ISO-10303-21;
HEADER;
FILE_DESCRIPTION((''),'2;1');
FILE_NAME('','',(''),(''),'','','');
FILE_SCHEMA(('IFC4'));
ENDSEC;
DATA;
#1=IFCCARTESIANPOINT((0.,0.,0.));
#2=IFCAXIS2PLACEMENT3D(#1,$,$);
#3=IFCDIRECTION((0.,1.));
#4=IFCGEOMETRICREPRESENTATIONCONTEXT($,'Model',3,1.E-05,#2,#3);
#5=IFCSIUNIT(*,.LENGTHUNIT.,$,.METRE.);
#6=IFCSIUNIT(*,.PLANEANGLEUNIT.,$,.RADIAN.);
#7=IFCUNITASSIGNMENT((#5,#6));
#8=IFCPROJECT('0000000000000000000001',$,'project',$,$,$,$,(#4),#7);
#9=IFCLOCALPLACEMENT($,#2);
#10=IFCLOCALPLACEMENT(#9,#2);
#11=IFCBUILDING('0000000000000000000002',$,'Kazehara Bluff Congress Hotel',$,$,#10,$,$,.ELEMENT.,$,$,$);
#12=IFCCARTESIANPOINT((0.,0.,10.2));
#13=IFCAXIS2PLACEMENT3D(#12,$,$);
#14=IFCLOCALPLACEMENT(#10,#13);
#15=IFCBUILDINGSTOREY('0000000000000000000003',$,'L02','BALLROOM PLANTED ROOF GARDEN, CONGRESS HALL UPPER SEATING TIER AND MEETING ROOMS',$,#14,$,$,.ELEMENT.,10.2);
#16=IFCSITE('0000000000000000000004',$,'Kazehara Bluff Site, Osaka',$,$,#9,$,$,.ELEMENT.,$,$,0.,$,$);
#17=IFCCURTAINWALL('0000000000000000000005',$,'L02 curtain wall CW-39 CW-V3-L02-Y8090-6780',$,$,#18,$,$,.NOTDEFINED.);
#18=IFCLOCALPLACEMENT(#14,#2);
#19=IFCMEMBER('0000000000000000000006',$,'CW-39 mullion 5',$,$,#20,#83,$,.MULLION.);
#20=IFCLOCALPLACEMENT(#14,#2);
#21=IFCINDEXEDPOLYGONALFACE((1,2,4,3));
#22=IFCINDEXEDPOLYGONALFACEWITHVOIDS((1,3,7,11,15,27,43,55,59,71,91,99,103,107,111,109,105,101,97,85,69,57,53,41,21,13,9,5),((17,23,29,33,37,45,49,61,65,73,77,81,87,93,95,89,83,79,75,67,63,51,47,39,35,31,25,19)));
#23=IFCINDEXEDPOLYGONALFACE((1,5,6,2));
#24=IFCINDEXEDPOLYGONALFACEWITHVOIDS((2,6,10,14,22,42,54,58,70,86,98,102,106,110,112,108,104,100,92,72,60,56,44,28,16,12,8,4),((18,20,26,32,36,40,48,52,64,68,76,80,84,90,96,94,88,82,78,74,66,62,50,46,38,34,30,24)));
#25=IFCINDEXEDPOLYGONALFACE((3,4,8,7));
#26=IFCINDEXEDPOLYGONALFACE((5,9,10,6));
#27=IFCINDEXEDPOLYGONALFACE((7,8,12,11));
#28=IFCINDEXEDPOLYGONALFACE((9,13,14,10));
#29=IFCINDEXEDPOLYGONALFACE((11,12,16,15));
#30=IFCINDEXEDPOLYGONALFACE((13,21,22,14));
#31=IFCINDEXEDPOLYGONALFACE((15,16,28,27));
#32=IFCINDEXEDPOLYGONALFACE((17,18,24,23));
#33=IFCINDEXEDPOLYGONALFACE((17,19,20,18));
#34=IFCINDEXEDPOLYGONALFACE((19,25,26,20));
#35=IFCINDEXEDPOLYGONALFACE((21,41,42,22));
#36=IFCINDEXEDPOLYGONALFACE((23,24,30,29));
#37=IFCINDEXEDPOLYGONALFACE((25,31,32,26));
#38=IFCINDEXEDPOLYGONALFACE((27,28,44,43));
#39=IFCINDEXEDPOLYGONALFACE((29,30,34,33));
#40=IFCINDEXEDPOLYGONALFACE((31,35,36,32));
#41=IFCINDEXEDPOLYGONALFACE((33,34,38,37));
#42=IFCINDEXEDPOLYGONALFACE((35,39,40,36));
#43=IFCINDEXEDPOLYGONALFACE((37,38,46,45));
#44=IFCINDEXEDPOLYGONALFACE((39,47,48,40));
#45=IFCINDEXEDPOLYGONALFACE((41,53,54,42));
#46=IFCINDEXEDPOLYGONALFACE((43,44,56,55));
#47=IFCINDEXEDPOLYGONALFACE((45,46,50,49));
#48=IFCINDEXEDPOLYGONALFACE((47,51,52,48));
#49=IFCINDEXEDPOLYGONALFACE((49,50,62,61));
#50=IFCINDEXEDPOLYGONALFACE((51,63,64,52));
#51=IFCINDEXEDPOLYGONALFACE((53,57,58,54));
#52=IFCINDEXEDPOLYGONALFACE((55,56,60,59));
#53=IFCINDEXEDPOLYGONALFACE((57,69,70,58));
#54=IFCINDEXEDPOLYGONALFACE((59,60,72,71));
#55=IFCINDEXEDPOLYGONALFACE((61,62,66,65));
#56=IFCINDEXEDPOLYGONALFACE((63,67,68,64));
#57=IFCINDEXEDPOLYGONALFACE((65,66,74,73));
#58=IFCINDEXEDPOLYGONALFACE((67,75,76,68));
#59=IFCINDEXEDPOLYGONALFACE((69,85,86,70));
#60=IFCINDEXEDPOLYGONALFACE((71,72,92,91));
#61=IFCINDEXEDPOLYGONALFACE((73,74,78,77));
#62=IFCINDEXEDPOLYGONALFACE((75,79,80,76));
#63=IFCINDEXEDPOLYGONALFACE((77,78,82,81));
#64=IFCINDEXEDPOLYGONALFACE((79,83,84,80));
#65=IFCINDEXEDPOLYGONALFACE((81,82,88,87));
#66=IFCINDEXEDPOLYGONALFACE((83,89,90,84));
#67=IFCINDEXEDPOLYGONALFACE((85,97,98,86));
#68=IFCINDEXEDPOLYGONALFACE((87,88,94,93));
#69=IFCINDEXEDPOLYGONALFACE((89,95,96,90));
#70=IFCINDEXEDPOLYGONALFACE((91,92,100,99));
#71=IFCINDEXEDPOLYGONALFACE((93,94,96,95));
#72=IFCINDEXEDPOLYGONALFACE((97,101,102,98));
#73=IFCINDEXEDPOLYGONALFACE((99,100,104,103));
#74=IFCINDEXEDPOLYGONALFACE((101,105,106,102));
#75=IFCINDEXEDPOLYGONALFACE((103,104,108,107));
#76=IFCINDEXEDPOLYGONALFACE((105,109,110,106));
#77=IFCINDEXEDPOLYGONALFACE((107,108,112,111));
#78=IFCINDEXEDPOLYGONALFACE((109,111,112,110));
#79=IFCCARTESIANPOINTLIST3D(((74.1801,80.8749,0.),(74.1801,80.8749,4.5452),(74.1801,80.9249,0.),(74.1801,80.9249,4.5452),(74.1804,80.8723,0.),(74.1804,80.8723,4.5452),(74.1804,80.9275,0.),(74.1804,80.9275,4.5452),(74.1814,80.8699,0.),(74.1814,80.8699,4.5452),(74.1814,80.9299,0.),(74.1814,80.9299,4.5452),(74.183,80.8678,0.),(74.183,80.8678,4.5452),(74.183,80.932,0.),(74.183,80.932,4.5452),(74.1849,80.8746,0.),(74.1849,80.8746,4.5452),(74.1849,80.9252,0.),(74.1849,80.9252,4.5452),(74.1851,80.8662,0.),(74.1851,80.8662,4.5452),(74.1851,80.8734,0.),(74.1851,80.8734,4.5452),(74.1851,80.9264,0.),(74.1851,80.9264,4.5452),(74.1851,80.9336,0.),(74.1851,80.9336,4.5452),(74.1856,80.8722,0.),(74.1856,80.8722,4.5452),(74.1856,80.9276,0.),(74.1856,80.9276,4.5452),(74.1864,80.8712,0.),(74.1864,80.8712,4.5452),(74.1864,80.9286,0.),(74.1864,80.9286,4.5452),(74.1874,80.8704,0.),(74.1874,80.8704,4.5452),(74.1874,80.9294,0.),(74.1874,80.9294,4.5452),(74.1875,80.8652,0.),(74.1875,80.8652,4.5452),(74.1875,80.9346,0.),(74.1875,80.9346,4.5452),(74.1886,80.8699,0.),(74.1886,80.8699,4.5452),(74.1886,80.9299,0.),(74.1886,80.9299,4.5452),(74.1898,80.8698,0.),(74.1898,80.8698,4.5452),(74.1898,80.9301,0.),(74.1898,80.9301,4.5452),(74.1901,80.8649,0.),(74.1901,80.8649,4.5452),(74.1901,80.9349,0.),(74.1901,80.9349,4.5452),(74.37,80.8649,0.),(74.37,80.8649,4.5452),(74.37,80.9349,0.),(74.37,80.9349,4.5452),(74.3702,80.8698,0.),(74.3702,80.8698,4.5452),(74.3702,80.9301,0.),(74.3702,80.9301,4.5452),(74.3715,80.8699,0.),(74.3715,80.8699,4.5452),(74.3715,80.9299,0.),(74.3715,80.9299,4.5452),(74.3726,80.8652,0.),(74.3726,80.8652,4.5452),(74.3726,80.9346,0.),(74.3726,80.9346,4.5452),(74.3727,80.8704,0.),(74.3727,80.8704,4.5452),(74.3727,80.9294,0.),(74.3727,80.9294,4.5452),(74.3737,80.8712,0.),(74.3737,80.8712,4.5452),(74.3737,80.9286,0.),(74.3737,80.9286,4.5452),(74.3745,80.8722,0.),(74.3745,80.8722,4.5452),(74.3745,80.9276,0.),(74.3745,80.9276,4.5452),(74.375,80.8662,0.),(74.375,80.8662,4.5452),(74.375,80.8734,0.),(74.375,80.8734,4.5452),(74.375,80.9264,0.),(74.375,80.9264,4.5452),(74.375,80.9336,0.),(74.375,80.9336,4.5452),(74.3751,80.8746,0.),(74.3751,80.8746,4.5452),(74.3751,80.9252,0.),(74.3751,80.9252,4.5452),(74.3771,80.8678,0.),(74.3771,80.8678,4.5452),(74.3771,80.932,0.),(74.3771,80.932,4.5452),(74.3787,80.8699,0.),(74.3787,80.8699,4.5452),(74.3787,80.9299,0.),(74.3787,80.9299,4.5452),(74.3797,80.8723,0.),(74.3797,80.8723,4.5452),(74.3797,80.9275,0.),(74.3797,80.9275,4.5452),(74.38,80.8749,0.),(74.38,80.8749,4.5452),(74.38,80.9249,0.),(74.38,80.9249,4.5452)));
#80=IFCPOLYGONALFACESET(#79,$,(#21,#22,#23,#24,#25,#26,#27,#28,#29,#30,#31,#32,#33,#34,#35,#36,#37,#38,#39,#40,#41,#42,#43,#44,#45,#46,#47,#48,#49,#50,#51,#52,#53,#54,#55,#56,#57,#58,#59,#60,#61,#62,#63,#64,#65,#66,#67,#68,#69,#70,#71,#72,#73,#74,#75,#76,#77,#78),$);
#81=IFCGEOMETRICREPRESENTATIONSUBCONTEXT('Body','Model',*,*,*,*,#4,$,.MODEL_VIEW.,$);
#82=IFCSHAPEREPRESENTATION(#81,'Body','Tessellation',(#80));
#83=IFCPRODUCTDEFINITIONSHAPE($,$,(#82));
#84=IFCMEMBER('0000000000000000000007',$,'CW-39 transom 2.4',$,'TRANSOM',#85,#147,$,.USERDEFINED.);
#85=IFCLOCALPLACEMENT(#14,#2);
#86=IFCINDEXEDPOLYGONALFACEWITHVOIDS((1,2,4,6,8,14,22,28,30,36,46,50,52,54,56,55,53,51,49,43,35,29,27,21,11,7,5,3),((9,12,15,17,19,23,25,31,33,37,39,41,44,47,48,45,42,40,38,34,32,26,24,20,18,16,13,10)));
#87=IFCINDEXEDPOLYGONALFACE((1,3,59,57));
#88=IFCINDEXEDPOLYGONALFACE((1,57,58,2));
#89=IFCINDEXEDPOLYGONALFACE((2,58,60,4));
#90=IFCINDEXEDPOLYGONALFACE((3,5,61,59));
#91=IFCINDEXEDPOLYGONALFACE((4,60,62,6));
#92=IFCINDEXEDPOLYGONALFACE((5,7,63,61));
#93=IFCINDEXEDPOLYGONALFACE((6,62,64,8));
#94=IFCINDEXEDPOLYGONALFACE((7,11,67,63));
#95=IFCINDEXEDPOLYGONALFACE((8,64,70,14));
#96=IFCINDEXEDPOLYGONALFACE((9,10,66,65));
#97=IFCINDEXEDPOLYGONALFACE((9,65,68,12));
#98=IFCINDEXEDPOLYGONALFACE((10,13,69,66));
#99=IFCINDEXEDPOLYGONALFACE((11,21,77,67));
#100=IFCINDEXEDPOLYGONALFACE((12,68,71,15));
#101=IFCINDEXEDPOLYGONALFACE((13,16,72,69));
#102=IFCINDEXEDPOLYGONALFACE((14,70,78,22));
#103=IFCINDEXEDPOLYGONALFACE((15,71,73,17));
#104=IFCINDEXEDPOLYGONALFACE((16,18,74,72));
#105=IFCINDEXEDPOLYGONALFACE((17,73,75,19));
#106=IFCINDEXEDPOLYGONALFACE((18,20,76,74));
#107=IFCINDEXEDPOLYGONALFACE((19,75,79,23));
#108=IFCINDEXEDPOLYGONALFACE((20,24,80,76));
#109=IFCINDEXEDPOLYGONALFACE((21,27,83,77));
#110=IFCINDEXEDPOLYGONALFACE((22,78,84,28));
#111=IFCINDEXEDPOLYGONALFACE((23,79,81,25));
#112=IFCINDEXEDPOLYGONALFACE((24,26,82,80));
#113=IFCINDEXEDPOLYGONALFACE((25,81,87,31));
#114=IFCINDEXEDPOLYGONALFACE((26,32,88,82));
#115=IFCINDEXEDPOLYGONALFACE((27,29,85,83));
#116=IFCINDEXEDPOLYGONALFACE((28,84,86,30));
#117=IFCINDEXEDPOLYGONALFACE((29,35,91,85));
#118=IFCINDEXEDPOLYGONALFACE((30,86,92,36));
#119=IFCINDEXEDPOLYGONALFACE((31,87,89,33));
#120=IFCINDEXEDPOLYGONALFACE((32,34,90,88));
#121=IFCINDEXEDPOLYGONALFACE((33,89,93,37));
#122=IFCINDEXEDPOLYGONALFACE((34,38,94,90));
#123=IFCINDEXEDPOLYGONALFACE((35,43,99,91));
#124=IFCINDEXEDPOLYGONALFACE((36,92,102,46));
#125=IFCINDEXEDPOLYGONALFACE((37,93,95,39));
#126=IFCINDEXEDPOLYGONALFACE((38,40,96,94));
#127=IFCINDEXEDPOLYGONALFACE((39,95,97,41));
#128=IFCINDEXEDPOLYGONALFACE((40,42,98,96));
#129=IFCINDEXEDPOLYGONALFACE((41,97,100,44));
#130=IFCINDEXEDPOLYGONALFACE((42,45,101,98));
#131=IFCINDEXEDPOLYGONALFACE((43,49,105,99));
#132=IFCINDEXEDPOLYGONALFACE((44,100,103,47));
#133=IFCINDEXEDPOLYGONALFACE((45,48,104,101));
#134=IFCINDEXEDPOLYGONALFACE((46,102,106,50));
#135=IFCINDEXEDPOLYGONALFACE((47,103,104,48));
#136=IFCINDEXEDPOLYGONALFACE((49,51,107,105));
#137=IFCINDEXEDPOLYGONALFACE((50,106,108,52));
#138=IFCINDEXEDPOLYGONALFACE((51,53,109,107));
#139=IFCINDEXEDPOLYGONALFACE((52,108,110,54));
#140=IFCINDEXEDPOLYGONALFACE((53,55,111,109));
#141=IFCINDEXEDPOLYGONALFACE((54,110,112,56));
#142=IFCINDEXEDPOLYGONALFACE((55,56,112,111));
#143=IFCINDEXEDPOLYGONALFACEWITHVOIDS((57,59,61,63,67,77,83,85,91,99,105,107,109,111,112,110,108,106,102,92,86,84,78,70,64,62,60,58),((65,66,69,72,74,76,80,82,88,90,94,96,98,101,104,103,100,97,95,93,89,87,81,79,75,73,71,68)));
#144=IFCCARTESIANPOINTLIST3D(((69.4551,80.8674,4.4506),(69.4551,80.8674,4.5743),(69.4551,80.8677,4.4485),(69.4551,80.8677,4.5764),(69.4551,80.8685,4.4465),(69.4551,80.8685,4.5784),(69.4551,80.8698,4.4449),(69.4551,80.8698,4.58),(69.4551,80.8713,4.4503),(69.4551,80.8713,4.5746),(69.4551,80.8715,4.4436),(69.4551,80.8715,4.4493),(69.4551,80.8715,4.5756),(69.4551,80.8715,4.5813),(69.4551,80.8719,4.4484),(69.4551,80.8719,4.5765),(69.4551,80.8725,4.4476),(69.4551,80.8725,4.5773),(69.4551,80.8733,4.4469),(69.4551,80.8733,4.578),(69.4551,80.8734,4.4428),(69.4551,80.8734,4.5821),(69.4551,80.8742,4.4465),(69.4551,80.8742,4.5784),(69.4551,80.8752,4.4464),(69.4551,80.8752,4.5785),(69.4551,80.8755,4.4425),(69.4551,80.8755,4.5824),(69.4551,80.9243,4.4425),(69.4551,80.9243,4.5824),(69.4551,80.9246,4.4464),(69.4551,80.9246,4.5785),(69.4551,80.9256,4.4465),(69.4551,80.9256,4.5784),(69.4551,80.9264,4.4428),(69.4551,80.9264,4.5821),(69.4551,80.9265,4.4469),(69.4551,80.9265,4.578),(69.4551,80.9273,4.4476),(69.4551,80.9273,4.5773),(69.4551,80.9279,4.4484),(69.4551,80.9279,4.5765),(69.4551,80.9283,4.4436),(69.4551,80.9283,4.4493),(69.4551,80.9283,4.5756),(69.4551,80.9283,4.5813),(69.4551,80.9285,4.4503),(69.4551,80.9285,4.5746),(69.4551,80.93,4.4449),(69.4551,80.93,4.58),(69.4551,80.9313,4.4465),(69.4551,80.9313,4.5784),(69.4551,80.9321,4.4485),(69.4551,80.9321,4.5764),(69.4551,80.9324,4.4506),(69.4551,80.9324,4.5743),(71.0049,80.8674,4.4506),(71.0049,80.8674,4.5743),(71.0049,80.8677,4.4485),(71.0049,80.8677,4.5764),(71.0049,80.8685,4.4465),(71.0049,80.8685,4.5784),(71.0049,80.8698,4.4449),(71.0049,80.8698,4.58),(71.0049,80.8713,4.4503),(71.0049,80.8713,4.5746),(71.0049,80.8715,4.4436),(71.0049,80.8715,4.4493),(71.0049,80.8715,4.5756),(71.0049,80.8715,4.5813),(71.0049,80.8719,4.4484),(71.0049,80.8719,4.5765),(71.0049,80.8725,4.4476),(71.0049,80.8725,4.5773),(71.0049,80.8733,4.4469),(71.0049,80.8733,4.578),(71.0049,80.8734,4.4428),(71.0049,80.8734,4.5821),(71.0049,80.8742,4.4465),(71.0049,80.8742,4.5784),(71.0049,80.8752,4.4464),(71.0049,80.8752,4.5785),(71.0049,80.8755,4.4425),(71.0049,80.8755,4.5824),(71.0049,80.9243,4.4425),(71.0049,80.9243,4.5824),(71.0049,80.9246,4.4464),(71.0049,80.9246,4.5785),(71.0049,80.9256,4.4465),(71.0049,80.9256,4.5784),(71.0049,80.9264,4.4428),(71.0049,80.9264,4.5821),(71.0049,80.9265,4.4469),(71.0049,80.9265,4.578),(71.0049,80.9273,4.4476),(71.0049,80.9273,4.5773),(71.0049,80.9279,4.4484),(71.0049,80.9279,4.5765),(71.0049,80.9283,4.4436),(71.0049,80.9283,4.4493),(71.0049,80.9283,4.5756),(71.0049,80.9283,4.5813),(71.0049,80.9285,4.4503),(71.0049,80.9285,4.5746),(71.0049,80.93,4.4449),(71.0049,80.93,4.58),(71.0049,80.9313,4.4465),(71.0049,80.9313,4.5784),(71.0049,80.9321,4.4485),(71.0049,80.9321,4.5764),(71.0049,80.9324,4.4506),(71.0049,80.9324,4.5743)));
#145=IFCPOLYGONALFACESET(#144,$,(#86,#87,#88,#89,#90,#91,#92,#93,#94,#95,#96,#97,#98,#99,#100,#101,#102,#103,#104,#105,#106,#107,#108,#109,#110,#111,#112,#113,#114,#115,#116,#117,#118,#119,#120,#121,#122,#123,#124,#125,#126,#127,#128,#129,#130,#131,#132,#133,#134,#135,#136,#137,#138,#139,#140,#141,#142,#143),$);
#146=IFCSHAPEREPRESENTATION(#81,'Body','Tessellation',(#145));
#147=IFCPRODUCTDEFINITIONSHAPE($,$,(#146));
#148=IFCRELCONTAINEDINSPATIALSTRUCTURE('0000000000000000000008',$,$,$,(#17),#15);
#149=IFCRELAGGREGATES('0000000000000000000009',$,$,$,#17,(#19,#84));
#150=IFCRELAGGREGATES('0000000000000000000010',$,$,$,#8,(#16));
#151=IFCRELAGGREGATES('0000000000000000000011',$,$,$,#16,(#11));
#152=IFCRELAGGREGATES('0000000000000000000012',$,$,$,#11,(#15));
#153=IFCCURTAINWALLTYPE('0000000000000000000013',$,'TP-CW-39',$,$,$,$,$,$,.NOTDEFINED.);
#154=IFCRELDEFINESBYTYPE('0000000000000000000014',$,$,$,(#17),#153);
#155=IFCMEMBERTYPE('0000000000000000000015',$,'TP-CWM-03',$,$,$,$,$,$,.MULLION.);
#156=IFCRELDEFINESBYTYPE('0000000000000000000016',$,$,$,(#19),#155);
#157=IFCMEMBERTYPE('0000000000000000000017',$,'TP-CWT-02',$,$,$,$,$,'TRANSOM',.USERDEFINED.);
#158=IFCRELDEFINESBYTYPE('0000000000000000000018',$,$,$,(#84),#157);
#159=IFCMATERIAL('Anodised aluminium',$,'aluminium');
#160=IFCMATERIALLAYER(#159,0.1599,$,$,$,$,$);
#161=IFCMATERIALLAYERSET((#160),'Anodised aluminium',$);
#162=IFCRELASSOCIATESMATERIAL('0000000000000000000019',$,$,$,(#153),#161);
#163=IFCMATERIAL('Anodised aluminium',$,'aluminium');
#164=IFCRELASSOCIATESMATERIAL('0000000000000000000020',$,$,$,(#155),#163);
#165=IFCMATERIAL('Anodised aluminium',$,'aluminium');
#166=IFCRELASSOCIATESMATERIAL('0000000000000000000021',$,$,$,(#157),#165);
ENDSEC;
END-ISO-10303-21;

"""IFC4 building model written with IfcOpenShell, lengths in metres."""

from ifc_helpers import new_model, si_unit, direction, frame, origin, origin_2d, place, context, subcontext, project, spatial, hollow_rectangle, extrude, material, layer, layer_set, material_profile, profile_set, type_object, element, aggregate, save


model = new_model("IFC4")

# Units and contexts
model_context = context("Model", 3, precision=1e-05, world=origin(), true_north=direction((0.0, 1.0)))
body_context = subcontext(model_context, "Body", "Model", "MODEL_VIEW")
ifc_project = project(units=[si_unit("LENGTHUNIT", "METRE"), si_unit("PLANEANGLEUNIT", "RADIAN")], contexts=[model_context])

# Site, building, storey
site_placement = place(None, origin())
site = spatial("IfcSite", under=ifc_project, at=site_placement, Name="Kazehara Bluff Site, Osaka", CompositionType="ELEMENT", RefElevation=0.0)
building_placement = place(site_placement, origin())
building = spatial("IfcBuilding", under=site, at=building_placement, Name="Kazehara Bluff Congress Hotel", CompositionType="ELEMENT")
storey_placement = place(building_placement, frame((0.0, 0.0, 10.2)))
storey = spatial("IfcBuildingStorey", under=building, at=storey_placement, Name="L02", Description="BALLROOM PLANTED ROOF GARDEN, CONGRESS HALL UPPER SEATING TIER AND MEETING ROOMS", CompositionType="ELEMENT", Elevation=10.2)

# Curtain wall, members
ifc_material_1 = material(Name="Anodised aluminium", Category="aluminium")
ifc_layer_1 = layer(ifc_material_1, 0.1599)
ifc_layer_set_1 = layer_set([ifc_layer_1], Name="Anodised aluminium")
curtain_wall_type = type_object("IfcCurtainWallType", Name="TP-CW-39", PredefinedType="NOTDEFINED", material=ifc_layer_set_1)
curtain_wall_placement = place(storey_placement, origin())
curtain_wall = element("IfcCurtainWall", 1, at=curtain_wall_placement, inside=storey, type_object=curtain_wall_type, Name="L02 curtain wall CW-39 CW-V3-L02-Y8090-6780", PredefinedType="NOTDEFINED")
ifc_material_2 = material(Name="Anodised aluminium", Category="aluminium")
ifc_material_profile_1 = material_profile(ifc_material_2, hollow_rectangle(XDim=0.0701, YDim=0.2, WallThickness=0.0049, InnerFilletRadius=0.0049, OuterFilletRadius=0.01, at=origin_2d()))
ifc_profile_set_1 = profile_set([ifc_material_profile_1], Name="Anodised aluminium")
member_type_1 = type_object("IfcMemberType", Name="TP-CWM-03", PredefinedType="MULLION", material=ifc_profile_set_1)
member_1_placement = place(storey_placement, frame((74.28, 80.8999, 0.0), z_axis=(0.0, 0.0, 1.0), x_axis=(0.0, 1.0, 0.0)))
member_1 = element("IfcMember", 2, at=member_1_placement, type_object=member_type_1, Name="CW-39 mullion 5", PredefinedType="MULLION", context=body_context, shape_type="SweptSolid", body=[
    extrude(hollow_rectangle(XDim=0.0701, YDim=0.2, WallThickness=0.0049, InnerFilletRadius=0.0049, OuterFilletRadius=0.01, at=origin_2d()), origin(), (0.0, 0.0, 1.0), 4.5452),
])
ifc_material_3 = material(Name="Anodised aluminium", Category="aluminium")
ifc_material_profile_2 = material_profile(ifc_material_3, hollow_rectangle(XDim=0.0649, YDim=0.1399, WallThickness=0.0039, InnerFilletRadius=0.0039, OuterFilletRadius=0.0081, at=origin_2d()))
ifc_profile_set_2 = profile_set([ifc_material_profile_2], Name="Anodised aluminium")
member_type_2 = type_object("IfcMemberType", Name="TP-CWT-02", ElementType="TRANSOM", PredefinedType="USERDEFINED", material=ifc_profile_set_2)
member_2_placement = place(storey_placement, frame((69.4551, 80.8999, 4.5125), z_axis=(1.0, 0.0, 0.0), x_axis=(0.0, 1.0, 0.0)))
member_2 = element("IfcMember", 3, at=member_2_placement, type_object=member_type_2, Name="CW-39 transom 2.4", ObjectType="TRANSOM", PredefinedType="USERDEFINED", context=body_context, shape_type="SweptSolid", body=[
    extrude(hollow_rectangle(XDim=0.0649, YDim=0.1399, WallThickness=0.0039, InnerFilletRadius=0.0039, OuterFilletRadius=0.0081, at=origin_2d()), origin(), (0.0, 0.0, 1.0), 1.5498),
])
aggregate(curtain_wall, [member_1, member_2])

save(model, "model.ifc")
